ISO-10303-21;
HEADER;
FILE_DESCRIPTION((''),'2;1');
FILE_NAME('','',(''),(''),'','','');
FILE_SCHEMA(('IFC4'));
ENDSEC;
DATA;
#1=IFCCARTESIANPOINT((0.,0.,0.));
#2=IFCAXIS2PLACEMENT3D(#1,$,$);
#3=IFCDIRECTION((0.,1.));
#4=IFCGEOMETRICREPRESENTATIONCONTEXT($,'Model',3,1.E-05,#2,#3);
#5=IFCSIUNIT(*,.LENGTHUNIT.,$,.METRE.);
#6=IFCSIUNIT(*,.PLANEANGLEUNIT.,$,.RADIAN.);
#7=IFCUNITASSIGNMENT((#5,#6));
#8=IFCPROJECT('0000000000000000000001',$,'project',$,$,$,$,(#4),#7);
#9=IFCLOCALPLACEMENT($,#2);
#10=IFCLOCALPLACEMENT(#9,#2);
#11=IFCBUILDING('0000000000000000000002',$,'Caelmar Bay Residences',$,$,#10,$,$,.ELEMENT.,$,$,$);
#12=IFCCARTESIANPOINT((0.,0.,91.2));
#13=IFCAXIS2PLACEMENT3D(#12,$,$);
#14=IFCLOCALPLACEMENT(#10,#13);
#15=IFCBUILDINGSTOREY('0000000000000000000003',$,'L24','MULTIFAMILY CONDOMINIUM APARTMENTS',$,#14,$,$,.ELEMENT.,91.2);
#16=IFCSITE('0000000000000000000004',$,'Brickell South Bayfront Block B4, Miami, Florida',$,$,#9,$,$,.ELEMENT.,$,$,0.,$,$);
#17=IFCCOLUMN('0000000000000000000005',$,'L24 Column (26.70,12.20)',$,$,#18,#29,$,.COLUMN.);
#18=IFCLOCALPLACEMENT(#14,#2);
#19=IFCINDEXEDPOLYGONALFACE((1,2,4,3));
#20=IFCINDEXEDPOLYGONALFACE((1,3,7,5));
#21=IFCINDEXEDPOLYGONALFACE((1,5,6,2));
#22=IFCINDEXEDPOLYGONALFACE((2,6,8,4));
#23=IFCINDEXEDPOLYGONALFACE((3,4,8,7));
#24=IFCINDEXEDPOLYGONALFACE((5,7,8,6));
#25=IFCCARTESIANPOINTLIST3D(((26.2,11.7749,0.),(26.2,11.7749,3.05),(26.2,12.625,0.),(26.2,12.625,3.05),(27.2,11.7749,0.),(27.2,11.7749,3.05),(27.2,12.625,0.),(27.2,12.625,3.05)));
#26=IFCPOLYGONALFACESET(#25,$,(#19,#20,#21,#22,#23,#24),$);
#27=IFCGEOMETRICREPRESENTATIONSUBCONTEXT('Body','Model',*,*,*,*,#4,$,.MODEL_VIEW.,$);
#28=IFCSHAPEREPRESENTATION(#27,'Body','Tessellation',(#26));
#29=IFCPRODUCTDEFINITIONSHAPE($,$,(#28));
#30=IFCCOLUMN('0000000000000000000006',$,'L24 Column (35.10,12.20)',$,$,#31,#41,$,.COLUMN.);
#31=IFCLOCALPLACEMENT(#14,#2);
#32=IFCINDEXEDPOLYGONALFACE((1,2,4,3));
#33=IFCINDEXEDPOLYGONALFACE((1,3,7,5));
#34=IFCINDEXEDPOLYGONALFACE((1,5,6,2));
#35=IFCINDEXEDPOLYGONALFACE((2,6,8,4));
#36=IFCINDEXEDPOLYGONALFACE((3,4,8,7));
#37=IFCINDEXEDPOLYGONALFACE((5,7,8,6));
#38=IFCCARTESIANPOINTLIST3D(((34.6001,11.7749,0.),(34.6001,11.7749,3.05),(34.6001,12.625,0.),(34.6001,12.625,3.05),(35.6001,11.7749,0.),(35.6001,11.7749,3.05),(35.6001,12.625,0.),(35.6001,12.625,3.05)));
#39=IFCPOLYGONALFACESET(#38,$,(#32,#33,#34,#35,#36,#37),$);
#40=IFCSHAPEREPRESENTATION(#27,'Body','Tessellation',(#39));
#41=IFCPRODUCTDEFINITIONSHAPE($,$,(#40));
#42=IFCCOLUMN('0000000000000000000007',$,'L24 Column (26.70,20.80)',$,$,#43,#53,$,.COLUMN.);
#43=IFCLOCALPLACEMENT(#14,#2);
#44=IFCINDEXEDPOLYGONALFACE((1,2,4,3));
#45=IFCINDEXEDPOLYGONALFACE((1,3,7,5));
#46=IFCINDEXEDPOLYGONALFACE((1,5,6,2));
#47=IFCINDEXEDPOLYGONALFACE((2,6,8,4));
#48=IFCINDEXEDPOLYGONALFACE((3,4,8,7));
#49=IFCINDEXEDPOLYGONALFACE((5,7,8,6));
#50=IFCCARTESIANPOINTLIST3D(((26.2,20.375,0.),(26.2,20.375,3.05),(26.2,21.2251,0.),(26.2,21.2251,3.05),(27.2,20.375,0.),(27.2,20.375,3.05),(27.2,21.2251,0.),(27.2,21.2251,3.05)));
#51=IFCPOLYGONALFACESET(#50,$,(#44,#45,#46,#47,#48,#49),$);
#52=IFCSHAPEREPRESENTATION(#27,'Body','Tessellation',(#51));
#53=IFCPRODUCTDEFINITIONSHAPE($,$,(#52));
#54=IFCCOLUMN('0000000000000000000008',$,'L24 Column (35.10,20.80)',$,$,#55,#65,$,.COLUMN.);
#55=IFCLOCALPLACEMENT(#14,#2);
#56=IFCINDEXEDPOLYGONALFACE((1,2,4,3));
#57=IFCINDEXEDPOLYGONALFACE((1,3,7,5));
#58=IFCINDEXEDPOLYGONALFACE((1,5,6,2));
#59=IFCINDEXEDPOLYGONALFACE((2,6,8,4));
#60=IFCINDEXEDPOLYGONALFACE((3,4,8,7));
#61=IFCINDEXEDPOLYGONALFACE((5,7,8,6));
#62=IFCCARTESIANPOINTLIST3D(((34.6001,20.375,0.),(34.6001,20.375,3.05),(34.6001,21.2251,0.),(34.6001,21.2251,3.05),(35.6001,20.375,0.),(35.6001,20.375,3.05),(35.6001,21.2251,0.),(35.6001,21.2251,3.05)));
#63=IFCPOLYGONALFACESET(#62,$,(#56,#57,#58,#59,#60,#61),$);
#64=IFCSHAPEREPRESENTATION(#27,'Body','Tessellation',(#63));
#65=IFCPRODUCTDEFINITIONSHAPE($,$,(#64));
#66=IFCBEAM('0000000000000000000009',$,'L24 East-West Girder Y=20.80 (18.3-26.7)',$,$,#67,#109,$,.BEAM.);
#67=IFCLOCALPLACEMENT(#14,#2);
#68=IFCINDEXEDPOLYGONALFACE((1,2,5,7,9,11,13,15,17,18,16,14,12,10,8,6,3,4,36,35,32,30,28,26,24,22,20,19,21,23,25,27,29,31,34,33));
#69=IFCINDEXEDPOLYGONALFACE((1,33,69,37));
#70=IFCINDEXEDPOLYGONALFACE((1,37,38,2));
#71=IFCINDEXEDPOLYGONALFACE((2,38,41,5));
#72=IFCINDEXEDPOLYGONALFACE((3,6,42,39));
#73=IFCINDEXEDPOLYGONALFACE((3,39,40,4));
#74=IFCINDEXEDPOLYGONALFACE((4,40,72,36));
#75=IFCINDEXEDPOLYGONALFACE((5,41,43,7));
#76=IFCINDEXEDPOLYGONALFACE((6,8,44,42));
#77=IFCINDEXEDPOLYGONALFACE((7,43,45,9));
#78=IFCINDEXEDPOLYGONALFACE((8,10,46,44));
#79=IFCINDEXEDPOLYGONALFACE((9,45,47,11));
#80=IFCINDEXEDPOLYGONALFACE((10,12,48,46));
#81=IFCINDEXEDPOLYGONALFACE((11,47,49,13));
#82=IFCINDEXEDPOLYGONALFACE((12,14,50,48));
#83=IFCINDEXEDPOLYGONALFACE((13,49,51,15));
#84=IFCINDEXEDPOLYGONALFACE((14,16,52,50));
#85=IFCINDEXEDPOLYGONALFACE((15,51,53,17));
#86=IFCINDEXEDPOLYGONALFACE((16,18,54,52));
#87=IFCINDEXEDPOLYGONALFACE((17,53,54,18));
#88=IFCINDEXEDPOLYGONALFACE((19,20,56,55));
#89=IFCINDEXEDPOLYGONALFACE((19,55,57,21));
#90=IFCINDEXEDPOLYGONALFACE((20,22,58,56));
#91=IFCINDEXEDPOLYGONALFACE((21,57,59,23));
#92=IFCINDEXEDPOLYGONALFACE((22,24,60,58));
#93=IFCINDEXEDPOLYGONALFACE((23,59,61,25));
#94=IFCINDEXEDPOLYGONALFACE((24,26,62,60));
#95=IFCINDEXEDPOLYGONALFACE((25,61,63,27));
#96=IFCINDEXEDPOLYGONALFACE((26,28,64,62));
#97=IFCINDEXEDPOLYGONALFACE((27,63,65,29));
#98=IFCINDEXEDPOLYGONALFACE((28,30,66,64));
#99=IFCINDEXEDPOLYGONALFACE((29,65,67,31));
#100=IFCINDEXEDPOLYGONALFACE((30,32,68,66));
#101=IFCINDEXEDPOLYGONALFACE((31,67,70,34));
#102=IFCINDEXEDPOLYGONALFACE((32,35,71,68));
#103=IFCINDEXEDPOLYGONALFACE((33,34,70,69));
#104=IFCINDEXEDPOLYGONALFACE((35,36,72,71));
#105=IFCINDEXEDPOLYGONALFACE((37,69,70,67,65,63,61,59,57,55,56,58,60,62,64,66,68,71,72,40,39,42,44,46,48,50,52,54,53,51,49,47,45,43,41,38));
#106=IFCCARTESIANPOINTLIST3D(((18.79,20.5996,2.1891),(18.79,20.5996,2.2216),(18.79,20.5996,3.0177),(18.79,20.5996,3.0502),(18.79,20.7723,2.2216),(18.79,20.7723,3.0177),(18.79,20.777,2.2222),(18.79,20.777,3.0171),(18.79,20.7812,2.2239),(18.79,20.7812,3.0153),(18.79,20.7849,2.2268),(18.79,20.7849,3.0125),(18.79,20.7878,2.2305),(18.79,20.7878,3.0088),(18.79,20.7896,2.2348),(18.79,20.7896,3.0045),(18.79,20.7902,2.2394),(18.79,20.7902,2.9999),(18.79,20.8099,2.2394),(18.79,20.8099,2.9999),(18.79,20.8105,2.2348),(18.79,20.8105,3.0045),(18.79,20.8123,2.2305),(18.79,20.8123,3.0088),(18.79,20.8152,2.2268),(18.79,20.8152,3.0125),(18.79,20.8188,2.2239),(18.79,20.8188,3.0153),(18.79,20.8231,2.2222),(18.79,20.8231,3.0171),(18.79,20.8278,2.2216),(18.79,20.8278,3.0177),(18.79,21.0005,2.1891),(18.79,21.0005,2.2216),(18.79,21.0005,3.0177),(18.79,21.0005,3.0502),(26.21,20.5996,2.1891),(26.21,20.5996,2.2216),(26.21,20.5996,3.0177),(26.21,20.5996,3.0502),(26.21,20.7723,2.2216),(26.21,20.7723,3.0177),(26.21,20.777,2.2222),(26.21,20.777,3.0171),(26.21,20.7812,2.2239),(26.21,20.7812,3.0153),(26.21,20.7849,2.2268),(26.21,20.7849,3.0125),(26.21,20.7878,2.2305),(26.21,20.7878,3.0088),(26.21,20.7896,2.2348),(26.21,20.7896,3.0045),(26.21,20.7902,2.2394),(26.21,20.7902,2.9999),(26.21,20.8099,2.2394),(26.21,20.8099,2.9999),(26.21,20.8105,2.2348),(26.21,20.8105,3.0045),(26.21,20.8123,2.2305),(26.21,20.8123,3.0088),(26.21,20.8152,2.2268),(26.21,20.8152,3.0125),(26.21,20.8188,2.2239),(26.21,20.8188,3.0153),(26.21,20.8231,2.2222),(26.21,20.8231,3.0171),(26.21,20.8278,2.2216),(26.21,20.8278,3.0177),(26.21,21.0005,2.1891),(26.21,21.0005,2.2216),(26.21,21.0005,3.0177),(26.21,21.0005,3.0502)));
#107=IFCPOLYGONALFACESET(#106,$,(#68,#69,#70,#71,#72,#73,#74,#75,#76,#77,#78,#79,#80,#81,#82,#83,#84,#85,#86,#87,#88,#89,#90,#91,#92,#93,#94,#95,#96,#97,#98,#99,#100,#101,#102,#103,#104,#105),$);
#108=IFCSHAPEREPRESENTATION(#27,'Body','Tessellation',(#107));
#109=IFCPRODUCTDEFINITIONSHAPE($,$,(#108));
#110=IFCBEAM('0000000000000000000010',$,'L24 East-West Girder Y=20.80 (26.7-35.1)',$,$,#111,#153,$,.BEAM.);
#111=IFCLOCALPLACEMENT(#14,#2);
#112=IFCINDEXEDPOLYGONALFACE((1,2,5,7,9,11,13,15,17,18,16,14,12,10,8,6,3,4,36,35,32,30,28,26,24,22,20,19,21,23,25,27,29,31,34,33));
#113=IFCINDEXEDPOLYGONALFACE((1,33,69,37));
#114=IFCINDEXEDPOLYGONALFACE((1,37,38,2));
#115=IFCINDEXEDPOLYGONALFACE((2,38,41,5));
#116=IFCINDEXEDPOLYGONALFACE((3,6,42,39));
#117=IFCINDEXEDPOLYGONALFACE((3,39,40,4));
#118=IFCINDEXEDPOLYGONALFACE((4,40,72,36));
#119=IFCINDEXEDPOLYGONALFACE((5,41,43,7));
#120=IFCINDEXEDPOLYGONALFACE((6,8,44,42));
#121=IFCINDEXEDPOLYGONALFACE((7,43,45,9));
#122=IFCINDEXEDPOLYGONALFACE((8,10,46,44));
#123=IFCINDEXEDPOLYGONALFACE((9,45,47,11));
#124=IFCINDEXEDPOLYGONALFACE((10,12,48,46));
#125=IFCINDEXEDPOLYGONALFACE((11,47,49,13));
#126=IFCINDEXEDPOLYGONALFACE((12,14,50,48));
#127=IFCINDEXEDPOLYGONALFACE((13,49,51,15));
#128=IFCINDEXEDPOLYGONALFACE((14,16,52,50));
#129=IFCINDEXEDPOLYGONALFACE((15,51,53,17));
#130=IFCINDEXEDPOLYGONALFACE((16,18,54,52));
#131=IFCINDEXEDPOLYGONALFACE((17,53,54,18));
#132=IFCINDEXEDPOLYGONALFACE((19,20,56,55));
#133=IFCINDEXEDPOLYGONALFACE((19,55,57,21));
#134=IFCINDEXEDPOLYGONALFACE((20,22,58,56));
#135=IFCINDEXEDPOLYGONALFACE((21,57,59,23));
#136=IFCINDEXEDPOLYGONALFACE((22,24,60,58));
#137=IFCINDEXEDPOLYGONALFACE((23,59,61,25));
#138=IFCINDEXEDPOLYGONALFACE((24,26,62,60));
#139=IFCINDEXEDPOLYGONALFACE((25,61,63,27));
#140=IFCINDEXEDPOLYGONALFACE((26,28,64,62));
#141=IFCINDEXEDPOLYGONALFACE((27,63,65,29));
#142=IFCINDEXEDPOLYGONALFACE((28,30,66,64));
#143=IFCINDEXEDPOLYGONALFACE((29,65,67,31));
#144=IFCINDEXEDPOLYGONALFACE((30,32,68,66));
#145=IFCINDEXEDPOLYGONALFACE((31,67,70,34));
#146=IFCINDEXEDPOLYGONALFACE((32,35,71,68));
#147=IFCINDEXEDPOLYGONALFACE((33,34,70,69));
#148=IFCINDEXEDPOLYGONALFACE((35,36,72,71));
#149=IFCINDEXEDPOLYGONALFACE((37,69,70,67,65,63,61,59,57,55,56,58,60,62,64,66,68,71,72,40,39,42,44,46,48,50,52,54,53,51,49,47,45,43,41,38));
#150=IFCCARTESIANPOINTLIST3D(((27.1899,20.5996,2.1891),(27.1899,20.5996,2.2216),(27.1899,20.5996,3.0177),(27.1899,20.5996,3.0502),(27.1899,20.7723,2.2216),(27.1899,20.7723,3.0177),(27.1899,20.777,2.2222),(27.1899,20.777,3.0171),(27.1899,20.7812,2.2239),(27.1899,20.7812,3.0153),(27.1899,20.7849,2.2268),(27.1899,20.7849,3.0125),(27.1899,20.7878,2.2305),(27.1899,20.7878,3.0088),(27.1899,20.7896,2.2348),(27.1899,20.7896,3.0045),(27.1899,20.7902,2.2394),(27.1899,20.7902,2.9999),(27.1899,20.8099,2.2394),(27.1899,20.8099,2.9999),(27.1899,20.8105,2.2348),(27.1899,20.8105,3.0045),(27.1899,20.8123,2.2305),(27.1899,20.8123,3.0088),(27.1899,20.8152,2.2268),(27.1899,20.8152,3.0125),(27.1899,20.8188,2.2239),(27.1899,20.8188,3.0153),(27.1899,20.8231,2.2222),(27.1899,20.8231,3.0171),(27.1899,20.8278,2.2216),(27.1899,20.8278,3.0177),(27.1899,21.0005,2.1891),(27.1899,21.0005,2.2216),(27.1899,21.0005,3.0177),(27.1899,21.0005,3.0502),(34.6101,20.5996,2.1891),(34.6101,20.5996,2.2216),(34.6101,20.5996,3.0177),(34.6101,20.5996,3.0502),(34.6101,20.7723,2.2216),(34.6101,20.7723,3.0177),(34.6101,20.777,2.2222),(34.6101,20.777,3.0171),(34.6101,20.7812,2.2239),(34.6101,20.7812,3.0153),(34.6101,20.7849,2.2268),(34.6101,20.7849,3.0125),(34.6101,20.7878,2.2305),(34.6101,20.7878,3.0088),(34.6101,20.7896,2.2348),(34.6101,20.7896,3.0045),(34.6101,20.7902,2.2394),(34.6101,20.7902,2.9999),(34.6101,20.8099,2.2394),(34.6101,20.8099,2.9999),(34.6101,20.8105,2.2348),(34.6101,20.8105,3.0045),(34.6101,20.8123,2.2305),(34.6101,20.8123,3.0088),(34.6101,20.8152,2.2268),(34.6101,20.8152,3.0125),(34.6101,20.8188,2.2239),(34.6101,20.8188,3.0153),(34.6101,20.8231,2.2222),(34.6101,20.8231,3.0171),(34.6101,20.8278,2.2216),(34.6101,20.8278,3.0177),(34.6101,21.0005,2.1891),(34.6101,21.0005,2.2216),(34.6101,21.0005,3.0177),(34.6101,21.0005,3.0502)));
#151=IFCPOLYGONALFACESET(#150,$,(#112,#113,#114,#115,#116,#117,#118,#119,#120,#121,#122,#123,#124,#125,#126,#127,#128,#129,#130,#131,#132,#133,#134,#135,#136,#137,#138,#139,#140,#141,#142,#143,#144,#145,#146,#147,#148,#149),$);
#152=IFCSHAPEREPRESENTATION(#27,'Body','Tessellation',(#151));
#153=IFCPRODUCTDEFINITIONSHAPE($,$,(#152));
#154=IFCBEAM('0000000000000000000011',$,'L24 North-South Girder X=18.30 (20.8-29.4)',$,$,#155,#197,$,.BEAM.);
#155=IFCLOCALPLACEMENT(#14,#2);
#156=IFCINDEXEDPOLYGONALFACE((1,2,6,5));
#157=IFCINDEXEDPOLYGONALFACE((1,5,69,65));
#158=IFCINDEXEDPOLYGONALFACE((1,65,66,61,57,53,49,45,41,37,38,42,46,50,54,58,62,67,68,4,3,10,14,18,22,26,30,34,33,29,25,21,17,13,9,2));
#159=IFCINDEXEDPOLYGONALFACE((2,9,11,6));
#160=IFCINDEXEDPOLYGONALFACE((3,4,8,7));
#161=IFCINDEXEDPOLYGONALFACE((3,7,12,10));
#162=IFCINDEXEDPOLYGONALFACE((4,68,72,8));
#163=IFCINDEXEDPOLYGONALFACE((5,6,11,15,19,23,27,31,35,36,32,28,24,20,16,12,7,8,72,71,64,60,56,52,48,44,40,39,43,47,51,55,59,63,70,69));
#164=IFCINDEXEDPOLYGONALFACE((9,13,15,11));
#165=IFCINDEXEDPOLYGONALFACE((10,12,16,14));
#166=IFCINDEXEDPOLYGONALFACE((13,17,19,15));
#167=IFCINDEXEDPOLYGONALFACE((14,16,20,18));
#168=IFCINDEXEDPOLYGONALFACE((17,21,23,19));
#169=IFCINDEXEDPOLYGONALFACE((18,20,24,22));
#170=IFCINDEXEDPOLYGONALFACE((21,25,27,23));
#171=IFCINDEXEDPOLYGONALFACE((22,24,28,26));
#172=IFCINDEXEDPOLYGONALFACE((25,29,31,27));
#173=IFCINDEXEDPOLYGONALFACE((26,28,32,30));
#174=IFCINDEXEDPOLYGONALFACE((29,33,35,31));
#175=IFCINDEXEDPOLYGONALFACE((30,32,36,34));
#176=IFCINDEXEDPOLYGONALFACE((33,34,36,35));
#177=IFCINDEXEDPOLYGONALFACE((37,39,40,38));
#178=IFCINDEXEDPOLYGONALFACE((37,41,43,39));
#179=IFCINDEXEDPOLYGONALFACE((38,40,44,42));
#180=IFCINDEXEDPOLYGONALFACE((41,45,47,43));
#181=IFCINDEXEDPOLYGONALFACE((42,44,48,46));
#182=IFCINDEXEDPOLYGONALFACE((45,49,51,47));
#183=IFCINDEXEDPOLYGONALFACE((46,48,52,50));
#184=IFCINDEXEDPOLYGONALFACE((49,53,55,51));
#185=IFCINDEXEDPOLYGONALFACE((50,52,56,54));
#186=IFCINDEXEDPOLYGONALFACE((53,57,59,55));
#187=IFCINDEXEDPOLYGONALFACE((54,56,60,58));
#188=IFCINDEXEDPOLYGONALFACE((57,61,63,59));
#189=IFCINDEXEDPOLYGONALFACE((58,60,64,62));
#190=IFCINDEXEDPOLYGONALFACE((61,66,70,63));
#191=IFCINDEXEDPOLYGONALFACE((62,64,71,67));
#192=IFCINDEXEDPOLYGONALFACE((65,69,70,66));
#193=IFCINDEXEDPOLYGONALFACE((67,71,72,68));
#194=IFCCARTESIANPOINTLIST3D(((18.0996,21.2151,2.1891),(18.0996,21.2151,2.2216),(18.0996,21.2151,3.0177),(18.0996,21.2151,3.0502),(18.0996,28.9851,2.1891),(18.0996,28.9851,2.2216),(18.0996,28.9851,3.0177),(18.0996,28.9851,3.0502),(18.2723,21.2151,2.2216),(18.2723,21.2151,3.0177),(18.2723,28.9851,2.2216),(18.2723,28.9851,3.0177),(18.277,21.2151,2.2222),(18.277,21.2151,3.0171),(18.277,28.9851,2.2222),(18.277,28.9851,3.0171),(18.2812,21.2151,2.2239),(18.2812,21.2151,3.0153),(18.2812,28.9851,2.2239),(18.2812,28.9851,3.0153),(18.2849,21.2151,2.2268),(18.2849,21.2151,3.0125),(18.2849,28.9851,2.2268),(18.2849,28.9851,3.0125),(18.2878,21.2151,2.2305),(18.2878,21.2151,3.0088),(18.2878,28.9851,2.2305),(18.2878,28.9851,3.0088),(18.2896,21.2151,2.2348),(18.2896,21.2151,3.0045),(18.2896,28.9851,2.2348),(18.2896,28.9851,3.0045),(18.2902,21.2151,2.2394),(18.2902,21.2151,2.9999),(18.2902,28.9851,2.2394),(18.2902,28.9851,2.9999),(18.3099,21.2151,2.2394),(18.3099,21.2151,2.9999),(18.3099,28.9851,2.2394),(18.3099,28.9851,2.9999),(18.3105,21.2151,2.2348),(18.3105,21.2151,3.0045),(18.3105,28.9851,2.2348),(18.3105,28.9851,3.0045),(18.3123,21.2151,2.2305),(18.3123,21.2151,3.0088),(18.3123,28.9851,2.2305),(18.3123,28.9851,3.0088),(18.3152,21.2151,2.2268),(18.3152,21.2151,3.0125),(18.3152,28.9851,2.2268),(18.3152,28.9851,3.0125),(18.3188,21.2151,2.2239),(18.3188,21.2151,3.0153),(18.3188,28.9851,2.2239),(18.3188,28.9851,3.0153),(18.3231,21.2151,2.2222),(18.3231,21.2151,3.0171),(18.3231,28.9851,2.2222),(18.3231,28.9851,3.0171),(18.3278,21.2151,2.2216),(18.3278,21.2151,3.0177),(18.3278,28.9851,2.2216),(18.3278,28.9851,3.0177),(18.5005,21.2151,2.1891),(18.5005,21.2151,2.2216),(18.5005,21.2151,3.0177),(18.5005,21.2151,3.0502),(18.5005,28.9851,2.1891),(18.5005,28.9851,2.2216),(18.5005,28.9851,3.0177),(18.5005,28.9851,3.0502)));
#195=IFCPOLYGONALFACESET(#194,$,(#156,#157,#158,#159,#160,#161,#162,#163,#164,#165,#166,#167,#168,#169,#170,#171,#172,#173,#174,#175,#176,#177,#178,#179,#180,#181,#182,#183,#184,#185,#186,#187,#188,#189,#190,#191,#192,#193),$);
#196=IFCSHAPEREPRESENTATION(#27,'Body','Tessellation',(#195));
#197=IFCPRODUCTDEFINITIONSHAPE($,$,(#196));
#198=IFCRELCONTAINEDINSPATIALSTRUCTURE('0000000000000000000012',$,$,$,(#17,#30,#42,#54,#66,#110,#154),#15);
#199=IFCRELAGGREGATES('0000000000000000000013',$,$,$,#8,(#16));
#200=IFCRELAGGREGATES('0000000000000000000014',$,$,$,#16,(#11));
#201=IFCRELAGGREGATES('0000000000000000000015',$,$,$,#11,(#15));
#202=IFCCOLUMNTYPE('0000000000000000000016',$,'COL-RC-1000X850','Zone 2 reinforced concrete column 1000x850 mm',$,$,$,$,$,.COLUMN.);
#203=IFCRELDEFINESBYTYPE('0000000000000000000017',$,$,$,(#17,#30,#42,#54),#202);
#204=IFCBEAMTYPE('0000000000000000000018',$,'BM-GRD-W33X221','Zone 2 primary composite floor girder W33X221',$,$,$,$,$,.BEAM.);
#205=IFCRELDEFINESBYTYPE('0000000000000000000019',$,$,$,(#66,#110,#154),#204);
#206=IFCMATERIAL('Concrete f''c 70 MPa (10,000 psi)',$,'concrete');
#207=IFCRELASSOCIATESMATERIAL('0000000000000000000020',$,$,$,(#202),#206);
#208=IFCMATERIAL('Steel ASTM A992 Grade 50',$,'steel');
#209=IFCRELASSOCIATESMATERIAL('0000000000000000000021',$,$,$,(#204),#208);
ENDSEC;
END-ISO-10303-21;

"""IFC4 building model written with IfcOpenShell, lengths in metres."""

from ifc_helpers import new_model, si_unit, direction, frame, origin, origin_2d, place, context, subcontext, project, spatial, rectangle, i_section, extrude, material, material_profile, profile_set, type_object, element, save


model = new_model("IFC4")

# Units and contexts
model_context = context("Model", 3, precision=1e-05, world=origin(), true_north=direction((0.0, 1.0)))
body_context = subcontext(model_context, "Body", "Model", "MODEL_VIEW")
ifc_project = project(units=[si_unit("LENGTHUNIT", "METRE"), si_unit("PLANEANGLEUNIT", "RADIAN")], contexts=[model_context])

# Site, building, storey
site_placement = place(None, origin())
site = spatial("IfcSite", under=ifc_project, at=site_placement, Name="Brickell South Bayfront Block B4, Miami, Florida", CompositionType="ELEMENT", RefElevation=0.0)
building_placement = place(site_placement, origin())
building = spatial("IfcBuilding", under=site, at=building_placement, Name="Caelmar Bay Residences", CompositionType="ELEMENT")
storey_placement = place(building_placement, frame((0.0, 0.0, 91.2)))
storey = spatial("IfcBuildingStorey", under=building, at=storey_placement, Name="L24", Description="MULTIFAMILY CONDOMINIUM APARTMENTS", CompositionType="ELEMENT", Elevation=91.2)

# Columns
ifc_material_1 = material(Name="Concrete f'c 70 MPa (10,000 psi)", Category="concrete")
ifc_material_profile_1 = material_profile(ifc_material_1, rectangle(XDim=1.0, YDim=0.8501, at=origin_2d()), Name="RC-COL-1000X850")
ifc_profile_set_1 = profile_set([ifc_material_profile_1], Name="Concrete f'c 70 MPa (10,000 psi)")
column_type = type_object("IfcColumnType", Name="COL-RC-1000X850", Description="Zone 2 reinforced concrete column 1000x850 mm", PredefinedType="COLUMN", material=ifc_profile_set_1)
for number, where, z_axis, x_axis, name in (
    (1, (26.7, 12.2, 0.0), (0.0, 0.0, 1.0), (1.0, 0.0, 0.0), "L24 Column (26.70,12.20)"),
    (2, (35.1001, 12.2, 0.0), (0.0, 0.0, 1.0), (1.0, 0.0, 0.0), "L24 Column (35.10,12.20)"),
    (3, (26.7, 20.8, 0.0), (0.0, 0.0, 1.0), (1.0, 0.0, 0.0), "L24 Column (26.70,20.80)"),
    (4, (35.1001, 20.8, 0.0), (0.0, 0.0, 1.0), (1.0, 0.0, 0.0), "L24 Column (35.10,20.80)"),
):
    element("IfcColumn", number, at=place(storey_placement, frame(where, z_axis=z_axis, x_axis=x_axis)), inside=storey, type_object=column_type, Name=name, PredefinedType="COLUMN", context=body_context, shape_type="SweptSolid", body=[
        extrude(rectangle(XDim=1.0, YDim=0.8501, at=origin_2d()), origin(), (0.0, 0.0, 1.0), 3.05),
    ])

# Beams
ifc_material_2 = material(Name="Steel ASTM A992 Grade 50", Category="steel")
ifc_material_profile_2 = material_profile(ifc_material_2, i_section(OverallWidth=0.4009, OverallDepth=0.8611, WebThickness=0.0198, FlangeThickness=0.0325, FilletRadius=0.0178, at=origin_2d()), Name="W33X221")
ifc_profile_set_2 = profile_set([ifc_material_profile_2], Name="Steel ASTM A992 Grade 50")
beam_type_1 = type_object("IfcBeamType", Name="BM-GRD-W33X221", Description="Zone 2 primary composite floor girder W33X221", PredefinedType="BEAM", material=ifc_profile_set_2)
beam_1_placement = place(storey_placement, frame((18.79, 20.8, 2.6196), z_axis=(1.0, 0.0, 0.0), x_axis=(0.0, 1.0, 0.0)))
element("IfcBeam", 5, at=beam_1_placement, inside=storey, type_object=beam_type_1, Name="L24 East-West Girder Y=20.80 (18.3-26.7)", PredefinedType="BEAM", context=body_context, shape_type="SweptSolid", body=[
    extrude(i_section(OverallWidth=0.4009, OverallDepth=0.8611, WebThickness=0.0198, FlangeThickness=0.0325, FilletRadius=0.0178, at=origin_2d()), origin(), (0.0, 0.0, 1.0), 7.4199),
])
beam_2_placement = place(storey_placement, frame((27.1899, 20.8, 2.6196), z_axis=(1.0, 0.0, 0.0), x_axis=(0.0, 1.0, 0.0)))
element("IfcBeam", 6, at=beam_2_placement, inside=storey, type_object=beam_type_1, Name="L24 East-West Girder Y=20.80 (26.7-35.1)", PredefinedType="BEAM", context=body_context, shape_type="SweptSolid", body=[
    extrude(i_section(OverallWidth=0.4009, OverallDepth=0.8611, WebThickness=0.0198, FlangeThickness=0.0325, FilletRadius=0.0178, at=origin_2d()), origin(), (0.0, 0.0, 1.0), 7.4202),
])
for number, where, z_axis, x_axis, name in (
    (7, (18.3, 21.2151, 2.6196), (0.0, 1.0, 0.0), (-1.0, 0.0, 0.0), "L24 North-South Girder X=18.30 (20.8-29.4)"),
):
    element("IfcBeam", number, at=place(storey_placement, frame(where, z_axis=z_axis, x_axis=x_axis)), inside=storey, type_object=beam_type_1, Name=name, PredefinedType="BEAM", context=body_context, shape_type="SweptSolid", body=[
        extrude(i_section(OverallWidth=0.4009, OverallDepth=0.8611, WebThickness=0.0198, FlangeThickness=0.0325, FilletRadius=0.0178, at=origin_2d()), origin(), (0.0, 0.0, 1.0), 7.77),
    ])

save(model, "model.ifc")
